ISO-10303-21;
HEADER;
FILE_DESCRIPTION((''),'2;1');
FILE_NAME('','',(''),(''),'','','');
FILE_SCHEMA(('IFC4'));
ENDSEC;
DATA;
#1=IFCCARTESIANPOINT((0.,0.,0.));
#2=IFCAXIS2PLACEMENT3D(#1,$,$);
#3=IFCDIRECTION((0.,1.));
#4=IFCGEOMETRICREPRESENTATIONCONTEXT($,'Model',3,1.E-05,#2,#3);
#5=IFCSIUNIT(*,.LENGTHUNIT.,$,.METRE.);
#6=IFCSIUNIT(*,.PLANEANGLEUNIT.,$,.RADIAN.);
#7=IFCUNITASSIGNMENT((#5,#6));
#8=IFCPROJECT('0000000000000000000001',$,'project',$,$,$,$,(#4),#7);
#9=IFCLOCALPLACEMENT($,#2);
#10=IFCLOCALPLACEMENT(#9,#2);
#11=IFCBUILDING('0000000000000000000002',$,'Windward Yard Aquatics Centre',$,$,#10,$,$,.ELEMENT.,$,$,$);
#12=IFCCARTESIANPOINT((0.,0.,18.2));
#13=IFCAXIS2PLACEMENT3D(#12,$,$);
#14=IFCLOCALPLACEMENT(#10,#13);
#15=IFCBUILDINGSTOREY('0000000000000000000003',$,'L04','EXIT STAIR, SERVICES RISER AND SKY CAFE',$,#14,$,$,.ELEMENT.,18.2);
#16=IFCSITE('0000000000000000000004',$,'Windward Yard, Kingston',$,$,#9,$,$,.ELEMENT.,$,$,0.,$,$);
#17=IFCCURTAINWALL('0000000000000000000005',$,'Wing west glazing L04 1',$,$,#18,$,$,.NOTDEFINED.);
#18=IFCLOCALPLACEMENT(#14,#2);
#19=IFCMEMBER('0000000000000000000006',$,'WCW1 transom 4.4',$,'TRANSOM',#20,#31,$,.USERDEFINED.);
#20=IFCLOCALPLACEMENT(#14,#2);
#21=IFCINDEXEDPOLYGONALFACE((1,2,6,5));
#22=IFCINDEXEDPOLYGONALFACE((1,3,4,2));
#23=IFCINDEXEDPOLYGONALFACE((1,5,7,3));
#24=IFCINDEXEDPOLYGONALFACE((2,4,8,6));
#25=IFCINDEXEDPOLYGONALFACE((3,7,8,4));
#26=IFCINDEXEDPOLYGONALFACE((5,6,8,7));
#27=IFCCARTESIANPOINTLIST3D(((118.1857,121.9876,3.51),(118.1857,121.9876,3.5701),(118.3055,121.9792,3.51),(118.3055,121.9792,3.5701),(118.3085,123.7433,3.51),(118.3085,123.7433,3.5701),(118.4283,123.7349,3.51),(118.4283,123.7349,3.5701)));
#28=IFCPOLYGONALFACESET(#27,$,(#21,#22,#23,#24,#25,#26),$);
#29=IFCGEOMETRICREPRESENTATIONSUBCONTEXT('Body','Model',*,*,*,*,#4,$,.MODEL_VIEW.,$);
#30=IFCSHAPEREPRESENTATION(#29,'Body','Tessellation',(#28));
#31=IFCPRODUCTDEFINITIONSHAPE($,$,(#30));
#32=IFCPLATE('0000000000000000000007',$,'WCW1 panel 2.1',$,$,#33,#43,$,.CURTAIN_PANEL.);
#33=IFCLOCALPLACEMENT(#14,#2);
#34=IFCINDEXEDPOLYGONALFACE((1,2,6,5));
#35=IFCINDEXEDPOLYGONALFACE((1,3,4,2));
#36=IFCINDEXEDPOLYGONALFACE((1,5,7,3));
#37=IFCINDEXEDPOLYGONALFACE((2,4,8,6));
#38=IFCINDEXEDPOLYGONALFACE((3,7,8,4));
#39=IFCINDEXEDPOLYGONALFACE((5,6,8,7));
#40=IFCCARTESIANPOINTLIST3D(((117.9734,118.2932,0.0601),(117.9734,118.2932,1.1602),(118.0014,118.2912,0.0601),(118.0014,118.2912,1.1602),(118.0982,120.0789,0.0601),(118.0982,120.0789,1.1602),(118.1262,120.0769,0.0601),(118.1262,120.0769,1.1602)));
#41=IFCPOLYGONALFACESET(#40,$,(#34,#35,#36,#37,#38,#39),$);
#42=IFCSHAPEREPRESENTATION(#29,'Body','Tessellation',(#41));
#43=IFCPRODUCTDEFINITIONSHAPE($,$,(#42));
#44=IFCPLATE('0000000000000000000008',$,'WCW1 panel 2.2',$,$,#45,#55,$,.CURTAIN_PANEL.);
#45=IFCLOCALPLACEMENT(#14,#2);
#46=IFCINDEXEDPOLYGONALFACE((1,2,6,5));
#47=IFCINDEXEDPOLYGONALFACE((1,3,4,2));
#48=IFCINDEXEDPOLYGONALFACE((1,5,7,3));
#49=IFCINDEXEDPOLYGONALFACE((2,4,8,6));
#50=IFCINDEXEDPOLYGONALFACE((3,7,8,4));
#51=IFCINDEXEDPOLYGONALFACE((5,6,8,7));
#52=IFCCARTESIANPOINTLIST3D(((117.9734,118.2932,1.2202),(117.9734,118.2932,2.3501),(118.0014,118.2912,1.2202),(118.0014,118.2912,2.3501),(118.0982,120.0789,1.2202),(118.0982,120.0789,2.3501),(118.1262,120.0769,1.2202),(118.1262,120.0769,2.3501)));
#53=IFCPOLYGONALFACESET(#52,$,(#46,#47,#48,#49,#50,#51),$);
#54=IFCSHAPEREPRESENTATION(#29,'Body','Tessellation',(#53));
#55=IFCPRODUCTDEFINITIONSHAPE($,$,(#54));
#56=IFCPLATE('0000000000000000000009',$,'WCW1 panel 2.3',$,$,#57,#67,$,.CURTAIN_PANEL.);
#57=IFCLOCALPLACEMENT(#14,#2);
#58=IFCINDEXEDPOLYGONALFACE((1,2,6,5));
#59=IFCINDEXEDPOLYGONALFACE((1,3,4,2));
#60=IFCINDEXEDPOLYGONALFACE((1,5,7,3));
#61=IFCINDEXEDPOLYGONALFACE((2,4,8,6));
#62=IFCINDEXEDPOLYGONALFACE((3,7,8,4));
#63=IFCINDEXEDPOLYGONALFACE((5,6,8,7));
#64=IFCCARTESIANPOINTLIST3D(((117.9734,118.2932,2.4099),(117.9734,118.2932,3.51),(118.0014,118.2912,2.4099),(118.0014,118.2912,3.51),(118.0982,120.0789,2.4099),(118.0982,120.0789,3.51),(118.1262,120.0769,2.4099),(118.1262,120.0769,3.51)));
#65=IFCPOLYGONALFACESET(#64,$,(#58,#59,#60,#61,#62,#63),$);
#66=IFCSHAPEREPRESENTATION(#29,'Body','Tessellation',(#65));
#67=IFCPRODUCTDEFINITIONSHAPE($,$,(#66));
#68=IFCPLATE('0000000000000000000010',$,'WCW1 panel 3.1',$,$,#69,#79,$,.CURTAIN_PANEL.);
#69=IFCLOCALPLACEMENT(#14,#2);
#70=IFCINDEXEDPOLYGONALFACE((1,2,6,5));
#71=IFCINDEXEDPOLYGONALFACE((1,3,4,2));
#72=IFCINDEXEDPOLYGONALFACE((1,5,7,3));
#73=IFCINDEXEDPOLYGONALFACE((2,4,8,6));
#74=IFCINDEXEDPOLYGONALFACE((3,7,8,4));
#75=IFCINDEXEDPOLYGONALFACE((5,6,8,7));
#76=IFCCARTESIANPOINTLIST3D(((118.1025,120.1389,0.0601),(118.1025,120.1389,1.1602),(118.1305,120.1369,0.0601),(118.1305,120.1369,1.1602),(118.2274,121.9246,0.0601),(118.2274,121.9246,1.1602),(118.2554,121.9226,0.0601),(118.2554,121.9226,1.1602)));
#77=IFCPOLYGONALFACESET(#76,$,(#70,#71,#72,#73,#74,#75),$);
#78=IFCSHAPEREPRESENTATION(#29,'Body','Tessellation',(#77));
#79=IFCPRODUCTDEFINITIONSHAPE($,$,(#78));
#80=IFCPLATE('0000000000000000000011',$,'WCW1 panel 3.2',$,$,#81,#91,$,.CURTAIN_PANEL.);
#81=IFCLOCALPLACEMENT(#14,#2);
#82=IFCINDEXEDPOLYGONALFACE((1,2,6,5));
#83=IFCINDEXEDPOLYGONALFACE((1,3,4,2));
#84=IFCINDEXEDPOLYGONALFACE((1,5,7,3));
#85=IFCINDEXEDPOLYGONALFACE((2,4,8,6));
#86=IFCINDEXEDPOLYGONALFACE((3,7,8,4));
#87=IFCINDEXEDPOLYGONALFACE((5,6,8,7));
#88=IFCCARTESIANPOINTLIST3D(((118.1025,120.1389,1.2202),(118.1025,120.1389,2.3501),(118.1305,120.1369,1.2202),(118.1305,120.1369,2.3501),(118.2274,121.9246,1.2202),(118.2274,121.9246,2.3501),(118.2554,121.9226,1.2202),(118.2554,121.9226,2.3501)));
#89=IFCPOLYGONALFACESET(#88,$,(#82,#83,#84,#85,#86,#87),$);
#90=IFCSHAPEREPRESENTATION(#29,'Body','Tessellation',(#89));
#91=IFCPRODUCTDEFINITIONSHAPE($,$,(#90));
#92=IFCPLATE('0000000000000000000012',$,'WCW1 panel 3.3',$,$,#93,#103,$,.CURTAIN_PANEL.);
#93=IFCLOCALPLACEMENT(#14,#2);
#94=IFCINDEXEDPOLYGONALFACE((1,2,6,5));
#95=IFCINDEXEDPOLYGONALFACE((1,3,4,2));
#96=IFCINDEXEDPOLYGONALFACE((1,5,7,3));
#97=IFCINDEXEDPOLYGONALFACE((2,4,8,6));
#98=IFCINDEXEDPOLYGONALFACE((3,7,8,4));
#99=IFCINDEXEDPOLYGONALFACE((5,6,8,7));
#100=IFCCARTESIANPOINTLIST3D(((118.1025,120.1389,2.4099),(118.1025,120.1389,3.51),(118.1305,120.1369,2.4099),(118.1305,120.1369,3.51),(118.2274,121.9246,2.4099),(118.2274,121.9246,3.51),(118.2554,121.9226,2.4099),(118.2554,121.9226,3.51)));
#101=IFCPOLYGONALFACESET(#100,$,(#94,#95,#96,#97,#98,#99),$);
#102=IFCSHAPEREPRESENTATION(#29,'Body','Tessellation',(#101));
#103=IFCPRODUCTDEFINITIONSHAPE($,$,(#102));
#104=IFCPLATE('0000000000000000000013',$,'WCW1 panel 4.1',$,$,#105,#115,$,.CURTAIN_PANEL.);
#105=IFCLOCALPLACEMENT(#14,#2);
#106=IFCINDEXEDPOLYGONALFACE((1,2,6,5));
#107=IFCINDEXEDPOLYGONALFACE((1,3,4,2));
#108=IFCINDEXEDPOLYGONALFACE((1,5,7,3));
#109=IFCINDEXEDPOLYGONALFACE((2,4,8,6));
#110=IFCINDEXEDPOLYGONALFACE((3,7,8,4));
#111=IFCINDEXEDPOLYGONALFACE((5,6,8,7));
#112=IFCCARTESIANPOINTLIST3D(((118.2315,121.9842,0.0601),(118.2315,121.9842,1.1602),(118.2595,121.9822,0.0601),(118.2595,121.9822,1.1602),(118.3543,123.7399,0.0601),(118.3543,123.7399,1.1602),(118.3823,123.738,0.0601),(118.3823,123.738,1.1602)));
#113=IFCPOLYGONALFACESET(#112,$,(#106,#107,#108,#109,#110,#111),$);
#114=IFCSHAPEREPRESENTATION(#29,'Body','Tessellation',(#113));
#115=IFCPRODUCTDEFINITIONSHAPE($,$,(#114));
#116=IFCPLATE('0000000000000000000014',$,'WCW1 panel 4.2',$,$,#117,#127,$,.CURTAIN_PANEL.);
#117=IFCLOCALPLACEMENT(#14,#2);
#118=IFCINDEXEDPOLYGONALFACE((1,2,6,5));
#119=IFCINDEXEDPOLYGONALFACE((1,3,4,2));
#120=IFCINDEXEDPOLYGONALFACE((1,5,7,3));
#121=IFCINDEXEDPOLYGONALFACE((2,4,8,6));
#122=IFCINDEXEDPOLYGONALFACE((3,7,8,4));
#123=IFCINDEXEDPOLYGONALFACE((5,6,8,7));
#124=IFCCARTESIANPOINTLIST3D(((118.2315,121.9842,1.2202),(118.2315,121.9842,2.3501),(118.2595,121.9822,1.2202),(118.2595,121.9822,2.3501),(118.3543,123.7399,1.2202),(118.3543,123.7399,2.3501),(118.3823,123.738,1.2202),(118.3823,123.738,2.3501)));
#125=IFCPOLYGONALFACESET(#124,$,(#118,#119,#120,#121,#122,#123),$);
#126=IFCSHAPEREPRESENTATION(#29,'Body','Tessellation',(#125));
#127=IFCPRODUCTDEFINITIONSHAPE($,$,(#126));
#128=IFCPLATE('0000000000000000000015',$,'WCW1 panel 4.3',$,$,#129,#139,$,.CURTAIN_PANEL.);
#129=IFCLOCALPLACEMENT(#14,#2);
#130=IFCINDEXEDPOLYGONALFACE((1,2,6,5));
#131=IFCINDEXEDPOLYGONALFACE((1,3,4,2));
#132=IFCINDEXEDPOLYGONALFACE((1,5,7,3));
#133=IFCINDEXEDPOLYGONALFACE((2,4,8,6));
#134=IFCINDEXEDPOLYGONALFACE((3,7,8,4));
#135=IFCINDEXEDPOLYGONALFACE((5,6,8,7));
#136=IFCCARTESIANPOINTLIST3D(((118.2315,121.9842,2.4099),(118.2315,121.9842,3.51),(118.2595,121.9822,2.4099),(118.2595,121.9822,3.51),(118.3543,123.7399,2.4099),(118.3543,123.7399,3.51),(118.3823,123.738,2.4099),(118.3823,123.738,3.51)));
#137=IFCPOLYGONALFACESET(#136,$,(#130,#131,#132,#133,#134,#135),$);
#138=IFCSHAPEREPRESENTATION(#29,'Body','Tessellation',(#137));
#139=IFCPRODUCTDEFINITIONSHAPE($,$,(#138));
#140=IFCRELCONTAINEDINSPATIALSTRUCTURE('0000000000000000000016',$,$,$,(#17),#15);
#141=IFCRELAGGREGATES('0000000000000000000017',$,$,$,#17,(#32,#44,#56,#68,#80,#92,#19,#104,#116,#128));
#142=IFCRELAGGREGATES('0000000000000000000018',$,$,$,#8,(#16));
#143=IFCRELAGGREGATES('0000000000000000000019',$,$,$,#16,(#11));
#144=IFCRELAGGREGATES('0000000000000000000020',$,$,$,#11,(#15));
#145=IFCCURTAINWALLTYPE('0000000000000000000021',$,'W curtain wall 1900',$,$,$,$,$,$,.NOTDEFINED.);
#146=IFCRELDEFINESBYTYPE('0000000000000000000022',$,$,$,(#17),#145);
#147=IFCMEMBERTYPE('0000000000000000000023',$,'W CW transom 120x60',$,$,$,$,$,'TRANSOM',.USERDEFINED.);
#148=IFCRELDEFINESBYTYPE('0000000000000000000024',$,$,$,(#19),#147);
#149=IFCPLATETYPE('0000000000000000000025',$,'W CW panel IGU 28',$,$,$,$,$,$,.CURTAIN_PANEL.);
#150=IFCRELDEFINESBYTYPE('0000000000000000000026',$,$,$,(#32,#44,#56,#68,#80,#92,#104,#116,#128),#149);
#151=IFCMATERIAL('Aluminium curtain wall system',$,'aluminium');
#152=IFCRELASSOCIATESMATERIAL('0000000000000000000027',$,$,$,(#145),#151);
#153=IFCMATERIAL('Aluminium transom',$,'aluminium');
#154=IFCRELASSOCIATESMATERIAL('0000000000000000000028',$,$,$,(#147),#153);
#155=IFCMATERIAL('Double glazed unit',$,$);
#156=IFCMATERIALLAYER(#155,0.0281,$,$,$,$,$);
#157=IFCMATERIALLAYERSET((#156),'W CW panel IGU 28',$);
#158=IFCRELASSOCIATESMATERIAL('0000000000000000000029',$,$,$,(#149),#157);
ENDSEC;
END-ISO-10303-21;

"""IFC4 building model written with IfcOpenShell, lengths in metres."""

from ifc_helpers import new_model, si_unit, direction, frame, origin, origin_2d, place, context, subcontext, project, spatial, rectangle, extrude, material, layer, layer_set, material_profile, profile_set, type_object, element, aggregate, save


model = new_model("IFC4")

# Units and contexts
model_context = context("Model", 3, precision=1e-05, world=origin(), true_north=direction((0.0, 1.0)))
body_context = subcontext(model_context, "Body", "Model", "MODEL_VIEW")
ifc_project = project(units=[si_unit("LENGTHUNIT", "METRE"), si_unit("PLANEANGLEUNIT", "RADIAN")], contexts=[model_context])

# Site, building, storey
site_placement = place(None, origin())
site = spatial("IfcSite", under=ifc_project, at=site_placement, Name="Windward Yard, Kingston", CompositionType="ELEMENT", RefElevation=0.0)
building_placement = place(site_placement, origin())
building = spatial("IfcBuilding", under=site, at=building_placement, Name="Windward Yard Aquatics Centre", CompositionType="ELEMENT")
storey_placement = place(building_placement, frame((0.0, 0.0, 18.2)))
storey = spatial("IfcBuildingStorey", under=building, at=storey_placement, Name="L04", Description="EXIT STAIR, SERVICES RISER AND SKY CAFE", CompositionType="ELEMENT", Elevation=18.2)

# Curtain wall, member, plates
ifc_material_1 = material(Name="Aluminium curtain wall system", Category="aluminium")
curtain_wall_type = type_object("IfcCurtainWallType", Name="W curtain wall 1900", PredefinedType="NOTDEFINED", material=ifc_material_1)
curtain_wall_placement = place(storey_placement, origin())
curtain_wall = element("IfcCurtainWall", 1, at=curtain_wall_placement, inside=storey, type_object=curtain_wall_type, Name="Wing west glazing L04 1", PredefinedType="NOTDEFINED")
ifc_material_2 = material(Name="Aluminium transom", Category="aluminium")
ifc_material_profile_1 = material_profile(ifc_material_2, rectangle(XDim=0.1201, YDim=0.0601, at=origin_2d()), Name="AL 120x60")
ifc_profile_set_1 = profile_set([ifc_material_profile_1], Name="Aluminium transom")
member_type_1 = type_object("IfcMemberType", Name="W CW transom 120x60", ElementType="TRANSOM", PredefinedType="USERDEFINED", material=ifc_profile_set_1)
member_1_placement = place(storey_placement, frame((118.2456, 121.9834, 3.54), z_axis=(0.069778, 0.997563, 0.0), x_axis=(-0.997563, 0.069778, 0.0)))
member_1 = element("IfcMember", 2, at=member_1_placement, type_object=member_type_1, Name="WCW1 transom 4.4", ObjectType="TRANSOM", PredefinedType="USERDEFINED", context=body_context, shape_type="SweptSolid", body=[
    extrude(rectangle(XDim=0.1201, YDim=0.0601, at=origin_2d()), origin(), (0.0, 0.0, 1.0), 1.76),
])
ifc_material_3 = material(Name="Double glazed unit")
ifc_layer = layer(ifc_material_3, 0.0281)
ifc_layer_set = layer_set([ifc_layer], Name="W CW panel IGU 28")
plate_type = type_object("IfcPlateType", Name="W CW panel IGU 28", PredefinedType="CURTAIN_PANEL", material=ifc_layer_set)
plate_1_placement = place(storey_placement, frame((118.0498, 119.1851, 0.0601), z_axis=(0.0, 0.0, 1.0), x_axis=(0.069757, 0.997564, 0.0)))
plate_1 = element("IfcPlate", 3, at=plate_1_placement, type_object=plate_type, Name="WCW1 panel 2.1", PredefinedType="CURTAIN_PANEL", context=body_context, shape_type="SweptSolid", body=[
    extrude(rectangle(XDim=1.79, YDim=0.0281, at=origin_2d()), origin(), (0.0, 0.0, 1.0), 1.1001),
])
plate_2_placement = place(storey_placement, frame((118.0498, 119.1851, 1.2202), z_axis=(0.0, 0.0, 1.0), x_axis=(0.069757, 0.997564, 0.0)))
plate_2 = element("IfcPlate", 4, at=plate_2_placement, type_object=plate_type, Name="WCW1 panel 2.2", PredefinedType="CURTAIN_PANEL", context=body_context, shape_type="SweptSolid", body=[
    extrude(rectangle(XDim=1.79, YDim=0.0281, at=origin_2d()), origin(), (0.0, 0.0, 1.0), 1.1299),
])
plate_3_placement = place(storey_placement, frame((118.0498, 119.1851, 2.4099), z_axis=(0.0, 0.0, 1.0), x_axis=(0.069757, 0.997564, 0.0)))
plate_3 = element("IfcPlate", 5, at=plate_3_placement, type_object=plate_type, Name="WCW1 panel 2.3", PredefinedType="CURTAIN_PANEL", context=body_context, shape_type="SweptSolid", body=[
    extrude(rectangle(XDim=1.79, YDim=0.0281, at=origin_2d()), origin(), (0.0, 0.0, 1.0), 1.1001),
])
plate_4_placement = place(storey_placement, frame((118.179, 121.0308, 0.0601), z_axis=(0.0, 0.0, 1.0), x_axis=(0.069757, 0.997564, 0.0)))
plate_4 = element("IfcPlate", 6, at=plate_4_placement, type_object=plate_type, Name="WCW1 panel 3.1", PredefinedType="CURTAIN_PANEL", context=body_context, shape_type="SweptSolid", body=[
    extrude(rectangle(XDim=1.79, YDim=0.0281, at=origin_2d()), origin(), (0.0, 0.0, 1.0), 1.1001),
])
plate_5_placement = place(storey_placement, frame((118.179, 121.0308, 1.2202), z_axis=(0.0, 0.0, 1.0), x_axis=(0.069757, 0.997564, 0.0)))
plate_5 = element("IfcPlate", 7, at=plate_5_placement, type_object=plate_type, Name="WCW1 panel 3.2", PredefinedType="CURTAIN_PANEL", context=body_context, shape_type="SweptSolid", body=[
    extrude(rectangle(XDim=1.79, YDim=0.0281, at=origin_2d()), origin(), (0.0, 0.0, 1.0), 1.1299),
])
plate_6_placement = place(storey_placement, frame((118.179, 121.0308, 2.4099), z_axis=(0.0, 0.0, 1.0), x_axis=(0.069757, 0.997564, 0.0)))
plate_6 = element("IfcPlate", 8, at=plate_6_placement, type_object=plate_type, Name="WCW1 panel 3.3", PredefinedType="CURTAIN_PANEL", context=body_context, shape_type="SweptSolid", body=[
    extrude(rectangle(XDim=1.79, YDim=0.0281, at=origin_2d()), origin(), (0.0, 0.0, 1.0), 1.1001),
])
plate_7_placement = place(storey_placement, frame((118.3069, 122.8611, 0.0601), z_axis=(0.0, 0.0, 1.0), x_axis=(0.069757, 0.997564, 0.0)))
plate_7 = element("IfcPlate", 9, at=plate_7_placement, type_object=plate_type, Name="WCW1 panel 4.1", PredefinedType="CURTAIN_PANEL", context=body_context, shape_type="SweptSolid", body=[
    extrude(rectangle(XDim=1.76, YDim=0.0281, at=origin_2d()), origin(), (0.0, 0.0, 1.0), 1.1001),
])
plate_8_placement = place(storey_placement, frame((118.3069, 122.8611, 1.2202), z_axis=(0.0, 0.0, 1.0), x_axis=(0.069757, 0.997564, 0.0)))
plate_8 = element("IfcPlate", 10, at=plate_8_placement, type_object=plate_type, Name="WCW1 panel 4.2", PredefinedType="CURTAIN_PANEL", context=body_context, shape_type="SweptSolid", body=[
    extrude(rectangle(XDim=1.76, YDim=0.0281, at=origin_2d()), origin(), (0.0, 0.0, 1.0), 1.1299),
])
plate_9_placement = place(storey_placement, frame((118.3069, 122.8611, 2.4099), z_axis=(0.0, 0.0, 1.0), x_axis=(0.069757, 0.997564, 0.0)))
plate_9 = element("IfcPlate", 11, at=plate_9_placement, type_object=plate_type, Name="WCW1 panel 4.3", PredefinedType="CURTAIN_PANEL", context=body_context, shape_type="SweptSolid", body=[
    extrude(rectangle(XDim=1.76, YDim=0.0281, at=origin_2d()), origin(), (0.0, 0.0, 1.0), 1.1001),
])
aggregate(curtain_wall, [plate_1, plate_2, plate_3, plate_4, plate_5, plate_6, member_1, plate_7, plate_8, plate_9])

save(model, "model.ifc")
